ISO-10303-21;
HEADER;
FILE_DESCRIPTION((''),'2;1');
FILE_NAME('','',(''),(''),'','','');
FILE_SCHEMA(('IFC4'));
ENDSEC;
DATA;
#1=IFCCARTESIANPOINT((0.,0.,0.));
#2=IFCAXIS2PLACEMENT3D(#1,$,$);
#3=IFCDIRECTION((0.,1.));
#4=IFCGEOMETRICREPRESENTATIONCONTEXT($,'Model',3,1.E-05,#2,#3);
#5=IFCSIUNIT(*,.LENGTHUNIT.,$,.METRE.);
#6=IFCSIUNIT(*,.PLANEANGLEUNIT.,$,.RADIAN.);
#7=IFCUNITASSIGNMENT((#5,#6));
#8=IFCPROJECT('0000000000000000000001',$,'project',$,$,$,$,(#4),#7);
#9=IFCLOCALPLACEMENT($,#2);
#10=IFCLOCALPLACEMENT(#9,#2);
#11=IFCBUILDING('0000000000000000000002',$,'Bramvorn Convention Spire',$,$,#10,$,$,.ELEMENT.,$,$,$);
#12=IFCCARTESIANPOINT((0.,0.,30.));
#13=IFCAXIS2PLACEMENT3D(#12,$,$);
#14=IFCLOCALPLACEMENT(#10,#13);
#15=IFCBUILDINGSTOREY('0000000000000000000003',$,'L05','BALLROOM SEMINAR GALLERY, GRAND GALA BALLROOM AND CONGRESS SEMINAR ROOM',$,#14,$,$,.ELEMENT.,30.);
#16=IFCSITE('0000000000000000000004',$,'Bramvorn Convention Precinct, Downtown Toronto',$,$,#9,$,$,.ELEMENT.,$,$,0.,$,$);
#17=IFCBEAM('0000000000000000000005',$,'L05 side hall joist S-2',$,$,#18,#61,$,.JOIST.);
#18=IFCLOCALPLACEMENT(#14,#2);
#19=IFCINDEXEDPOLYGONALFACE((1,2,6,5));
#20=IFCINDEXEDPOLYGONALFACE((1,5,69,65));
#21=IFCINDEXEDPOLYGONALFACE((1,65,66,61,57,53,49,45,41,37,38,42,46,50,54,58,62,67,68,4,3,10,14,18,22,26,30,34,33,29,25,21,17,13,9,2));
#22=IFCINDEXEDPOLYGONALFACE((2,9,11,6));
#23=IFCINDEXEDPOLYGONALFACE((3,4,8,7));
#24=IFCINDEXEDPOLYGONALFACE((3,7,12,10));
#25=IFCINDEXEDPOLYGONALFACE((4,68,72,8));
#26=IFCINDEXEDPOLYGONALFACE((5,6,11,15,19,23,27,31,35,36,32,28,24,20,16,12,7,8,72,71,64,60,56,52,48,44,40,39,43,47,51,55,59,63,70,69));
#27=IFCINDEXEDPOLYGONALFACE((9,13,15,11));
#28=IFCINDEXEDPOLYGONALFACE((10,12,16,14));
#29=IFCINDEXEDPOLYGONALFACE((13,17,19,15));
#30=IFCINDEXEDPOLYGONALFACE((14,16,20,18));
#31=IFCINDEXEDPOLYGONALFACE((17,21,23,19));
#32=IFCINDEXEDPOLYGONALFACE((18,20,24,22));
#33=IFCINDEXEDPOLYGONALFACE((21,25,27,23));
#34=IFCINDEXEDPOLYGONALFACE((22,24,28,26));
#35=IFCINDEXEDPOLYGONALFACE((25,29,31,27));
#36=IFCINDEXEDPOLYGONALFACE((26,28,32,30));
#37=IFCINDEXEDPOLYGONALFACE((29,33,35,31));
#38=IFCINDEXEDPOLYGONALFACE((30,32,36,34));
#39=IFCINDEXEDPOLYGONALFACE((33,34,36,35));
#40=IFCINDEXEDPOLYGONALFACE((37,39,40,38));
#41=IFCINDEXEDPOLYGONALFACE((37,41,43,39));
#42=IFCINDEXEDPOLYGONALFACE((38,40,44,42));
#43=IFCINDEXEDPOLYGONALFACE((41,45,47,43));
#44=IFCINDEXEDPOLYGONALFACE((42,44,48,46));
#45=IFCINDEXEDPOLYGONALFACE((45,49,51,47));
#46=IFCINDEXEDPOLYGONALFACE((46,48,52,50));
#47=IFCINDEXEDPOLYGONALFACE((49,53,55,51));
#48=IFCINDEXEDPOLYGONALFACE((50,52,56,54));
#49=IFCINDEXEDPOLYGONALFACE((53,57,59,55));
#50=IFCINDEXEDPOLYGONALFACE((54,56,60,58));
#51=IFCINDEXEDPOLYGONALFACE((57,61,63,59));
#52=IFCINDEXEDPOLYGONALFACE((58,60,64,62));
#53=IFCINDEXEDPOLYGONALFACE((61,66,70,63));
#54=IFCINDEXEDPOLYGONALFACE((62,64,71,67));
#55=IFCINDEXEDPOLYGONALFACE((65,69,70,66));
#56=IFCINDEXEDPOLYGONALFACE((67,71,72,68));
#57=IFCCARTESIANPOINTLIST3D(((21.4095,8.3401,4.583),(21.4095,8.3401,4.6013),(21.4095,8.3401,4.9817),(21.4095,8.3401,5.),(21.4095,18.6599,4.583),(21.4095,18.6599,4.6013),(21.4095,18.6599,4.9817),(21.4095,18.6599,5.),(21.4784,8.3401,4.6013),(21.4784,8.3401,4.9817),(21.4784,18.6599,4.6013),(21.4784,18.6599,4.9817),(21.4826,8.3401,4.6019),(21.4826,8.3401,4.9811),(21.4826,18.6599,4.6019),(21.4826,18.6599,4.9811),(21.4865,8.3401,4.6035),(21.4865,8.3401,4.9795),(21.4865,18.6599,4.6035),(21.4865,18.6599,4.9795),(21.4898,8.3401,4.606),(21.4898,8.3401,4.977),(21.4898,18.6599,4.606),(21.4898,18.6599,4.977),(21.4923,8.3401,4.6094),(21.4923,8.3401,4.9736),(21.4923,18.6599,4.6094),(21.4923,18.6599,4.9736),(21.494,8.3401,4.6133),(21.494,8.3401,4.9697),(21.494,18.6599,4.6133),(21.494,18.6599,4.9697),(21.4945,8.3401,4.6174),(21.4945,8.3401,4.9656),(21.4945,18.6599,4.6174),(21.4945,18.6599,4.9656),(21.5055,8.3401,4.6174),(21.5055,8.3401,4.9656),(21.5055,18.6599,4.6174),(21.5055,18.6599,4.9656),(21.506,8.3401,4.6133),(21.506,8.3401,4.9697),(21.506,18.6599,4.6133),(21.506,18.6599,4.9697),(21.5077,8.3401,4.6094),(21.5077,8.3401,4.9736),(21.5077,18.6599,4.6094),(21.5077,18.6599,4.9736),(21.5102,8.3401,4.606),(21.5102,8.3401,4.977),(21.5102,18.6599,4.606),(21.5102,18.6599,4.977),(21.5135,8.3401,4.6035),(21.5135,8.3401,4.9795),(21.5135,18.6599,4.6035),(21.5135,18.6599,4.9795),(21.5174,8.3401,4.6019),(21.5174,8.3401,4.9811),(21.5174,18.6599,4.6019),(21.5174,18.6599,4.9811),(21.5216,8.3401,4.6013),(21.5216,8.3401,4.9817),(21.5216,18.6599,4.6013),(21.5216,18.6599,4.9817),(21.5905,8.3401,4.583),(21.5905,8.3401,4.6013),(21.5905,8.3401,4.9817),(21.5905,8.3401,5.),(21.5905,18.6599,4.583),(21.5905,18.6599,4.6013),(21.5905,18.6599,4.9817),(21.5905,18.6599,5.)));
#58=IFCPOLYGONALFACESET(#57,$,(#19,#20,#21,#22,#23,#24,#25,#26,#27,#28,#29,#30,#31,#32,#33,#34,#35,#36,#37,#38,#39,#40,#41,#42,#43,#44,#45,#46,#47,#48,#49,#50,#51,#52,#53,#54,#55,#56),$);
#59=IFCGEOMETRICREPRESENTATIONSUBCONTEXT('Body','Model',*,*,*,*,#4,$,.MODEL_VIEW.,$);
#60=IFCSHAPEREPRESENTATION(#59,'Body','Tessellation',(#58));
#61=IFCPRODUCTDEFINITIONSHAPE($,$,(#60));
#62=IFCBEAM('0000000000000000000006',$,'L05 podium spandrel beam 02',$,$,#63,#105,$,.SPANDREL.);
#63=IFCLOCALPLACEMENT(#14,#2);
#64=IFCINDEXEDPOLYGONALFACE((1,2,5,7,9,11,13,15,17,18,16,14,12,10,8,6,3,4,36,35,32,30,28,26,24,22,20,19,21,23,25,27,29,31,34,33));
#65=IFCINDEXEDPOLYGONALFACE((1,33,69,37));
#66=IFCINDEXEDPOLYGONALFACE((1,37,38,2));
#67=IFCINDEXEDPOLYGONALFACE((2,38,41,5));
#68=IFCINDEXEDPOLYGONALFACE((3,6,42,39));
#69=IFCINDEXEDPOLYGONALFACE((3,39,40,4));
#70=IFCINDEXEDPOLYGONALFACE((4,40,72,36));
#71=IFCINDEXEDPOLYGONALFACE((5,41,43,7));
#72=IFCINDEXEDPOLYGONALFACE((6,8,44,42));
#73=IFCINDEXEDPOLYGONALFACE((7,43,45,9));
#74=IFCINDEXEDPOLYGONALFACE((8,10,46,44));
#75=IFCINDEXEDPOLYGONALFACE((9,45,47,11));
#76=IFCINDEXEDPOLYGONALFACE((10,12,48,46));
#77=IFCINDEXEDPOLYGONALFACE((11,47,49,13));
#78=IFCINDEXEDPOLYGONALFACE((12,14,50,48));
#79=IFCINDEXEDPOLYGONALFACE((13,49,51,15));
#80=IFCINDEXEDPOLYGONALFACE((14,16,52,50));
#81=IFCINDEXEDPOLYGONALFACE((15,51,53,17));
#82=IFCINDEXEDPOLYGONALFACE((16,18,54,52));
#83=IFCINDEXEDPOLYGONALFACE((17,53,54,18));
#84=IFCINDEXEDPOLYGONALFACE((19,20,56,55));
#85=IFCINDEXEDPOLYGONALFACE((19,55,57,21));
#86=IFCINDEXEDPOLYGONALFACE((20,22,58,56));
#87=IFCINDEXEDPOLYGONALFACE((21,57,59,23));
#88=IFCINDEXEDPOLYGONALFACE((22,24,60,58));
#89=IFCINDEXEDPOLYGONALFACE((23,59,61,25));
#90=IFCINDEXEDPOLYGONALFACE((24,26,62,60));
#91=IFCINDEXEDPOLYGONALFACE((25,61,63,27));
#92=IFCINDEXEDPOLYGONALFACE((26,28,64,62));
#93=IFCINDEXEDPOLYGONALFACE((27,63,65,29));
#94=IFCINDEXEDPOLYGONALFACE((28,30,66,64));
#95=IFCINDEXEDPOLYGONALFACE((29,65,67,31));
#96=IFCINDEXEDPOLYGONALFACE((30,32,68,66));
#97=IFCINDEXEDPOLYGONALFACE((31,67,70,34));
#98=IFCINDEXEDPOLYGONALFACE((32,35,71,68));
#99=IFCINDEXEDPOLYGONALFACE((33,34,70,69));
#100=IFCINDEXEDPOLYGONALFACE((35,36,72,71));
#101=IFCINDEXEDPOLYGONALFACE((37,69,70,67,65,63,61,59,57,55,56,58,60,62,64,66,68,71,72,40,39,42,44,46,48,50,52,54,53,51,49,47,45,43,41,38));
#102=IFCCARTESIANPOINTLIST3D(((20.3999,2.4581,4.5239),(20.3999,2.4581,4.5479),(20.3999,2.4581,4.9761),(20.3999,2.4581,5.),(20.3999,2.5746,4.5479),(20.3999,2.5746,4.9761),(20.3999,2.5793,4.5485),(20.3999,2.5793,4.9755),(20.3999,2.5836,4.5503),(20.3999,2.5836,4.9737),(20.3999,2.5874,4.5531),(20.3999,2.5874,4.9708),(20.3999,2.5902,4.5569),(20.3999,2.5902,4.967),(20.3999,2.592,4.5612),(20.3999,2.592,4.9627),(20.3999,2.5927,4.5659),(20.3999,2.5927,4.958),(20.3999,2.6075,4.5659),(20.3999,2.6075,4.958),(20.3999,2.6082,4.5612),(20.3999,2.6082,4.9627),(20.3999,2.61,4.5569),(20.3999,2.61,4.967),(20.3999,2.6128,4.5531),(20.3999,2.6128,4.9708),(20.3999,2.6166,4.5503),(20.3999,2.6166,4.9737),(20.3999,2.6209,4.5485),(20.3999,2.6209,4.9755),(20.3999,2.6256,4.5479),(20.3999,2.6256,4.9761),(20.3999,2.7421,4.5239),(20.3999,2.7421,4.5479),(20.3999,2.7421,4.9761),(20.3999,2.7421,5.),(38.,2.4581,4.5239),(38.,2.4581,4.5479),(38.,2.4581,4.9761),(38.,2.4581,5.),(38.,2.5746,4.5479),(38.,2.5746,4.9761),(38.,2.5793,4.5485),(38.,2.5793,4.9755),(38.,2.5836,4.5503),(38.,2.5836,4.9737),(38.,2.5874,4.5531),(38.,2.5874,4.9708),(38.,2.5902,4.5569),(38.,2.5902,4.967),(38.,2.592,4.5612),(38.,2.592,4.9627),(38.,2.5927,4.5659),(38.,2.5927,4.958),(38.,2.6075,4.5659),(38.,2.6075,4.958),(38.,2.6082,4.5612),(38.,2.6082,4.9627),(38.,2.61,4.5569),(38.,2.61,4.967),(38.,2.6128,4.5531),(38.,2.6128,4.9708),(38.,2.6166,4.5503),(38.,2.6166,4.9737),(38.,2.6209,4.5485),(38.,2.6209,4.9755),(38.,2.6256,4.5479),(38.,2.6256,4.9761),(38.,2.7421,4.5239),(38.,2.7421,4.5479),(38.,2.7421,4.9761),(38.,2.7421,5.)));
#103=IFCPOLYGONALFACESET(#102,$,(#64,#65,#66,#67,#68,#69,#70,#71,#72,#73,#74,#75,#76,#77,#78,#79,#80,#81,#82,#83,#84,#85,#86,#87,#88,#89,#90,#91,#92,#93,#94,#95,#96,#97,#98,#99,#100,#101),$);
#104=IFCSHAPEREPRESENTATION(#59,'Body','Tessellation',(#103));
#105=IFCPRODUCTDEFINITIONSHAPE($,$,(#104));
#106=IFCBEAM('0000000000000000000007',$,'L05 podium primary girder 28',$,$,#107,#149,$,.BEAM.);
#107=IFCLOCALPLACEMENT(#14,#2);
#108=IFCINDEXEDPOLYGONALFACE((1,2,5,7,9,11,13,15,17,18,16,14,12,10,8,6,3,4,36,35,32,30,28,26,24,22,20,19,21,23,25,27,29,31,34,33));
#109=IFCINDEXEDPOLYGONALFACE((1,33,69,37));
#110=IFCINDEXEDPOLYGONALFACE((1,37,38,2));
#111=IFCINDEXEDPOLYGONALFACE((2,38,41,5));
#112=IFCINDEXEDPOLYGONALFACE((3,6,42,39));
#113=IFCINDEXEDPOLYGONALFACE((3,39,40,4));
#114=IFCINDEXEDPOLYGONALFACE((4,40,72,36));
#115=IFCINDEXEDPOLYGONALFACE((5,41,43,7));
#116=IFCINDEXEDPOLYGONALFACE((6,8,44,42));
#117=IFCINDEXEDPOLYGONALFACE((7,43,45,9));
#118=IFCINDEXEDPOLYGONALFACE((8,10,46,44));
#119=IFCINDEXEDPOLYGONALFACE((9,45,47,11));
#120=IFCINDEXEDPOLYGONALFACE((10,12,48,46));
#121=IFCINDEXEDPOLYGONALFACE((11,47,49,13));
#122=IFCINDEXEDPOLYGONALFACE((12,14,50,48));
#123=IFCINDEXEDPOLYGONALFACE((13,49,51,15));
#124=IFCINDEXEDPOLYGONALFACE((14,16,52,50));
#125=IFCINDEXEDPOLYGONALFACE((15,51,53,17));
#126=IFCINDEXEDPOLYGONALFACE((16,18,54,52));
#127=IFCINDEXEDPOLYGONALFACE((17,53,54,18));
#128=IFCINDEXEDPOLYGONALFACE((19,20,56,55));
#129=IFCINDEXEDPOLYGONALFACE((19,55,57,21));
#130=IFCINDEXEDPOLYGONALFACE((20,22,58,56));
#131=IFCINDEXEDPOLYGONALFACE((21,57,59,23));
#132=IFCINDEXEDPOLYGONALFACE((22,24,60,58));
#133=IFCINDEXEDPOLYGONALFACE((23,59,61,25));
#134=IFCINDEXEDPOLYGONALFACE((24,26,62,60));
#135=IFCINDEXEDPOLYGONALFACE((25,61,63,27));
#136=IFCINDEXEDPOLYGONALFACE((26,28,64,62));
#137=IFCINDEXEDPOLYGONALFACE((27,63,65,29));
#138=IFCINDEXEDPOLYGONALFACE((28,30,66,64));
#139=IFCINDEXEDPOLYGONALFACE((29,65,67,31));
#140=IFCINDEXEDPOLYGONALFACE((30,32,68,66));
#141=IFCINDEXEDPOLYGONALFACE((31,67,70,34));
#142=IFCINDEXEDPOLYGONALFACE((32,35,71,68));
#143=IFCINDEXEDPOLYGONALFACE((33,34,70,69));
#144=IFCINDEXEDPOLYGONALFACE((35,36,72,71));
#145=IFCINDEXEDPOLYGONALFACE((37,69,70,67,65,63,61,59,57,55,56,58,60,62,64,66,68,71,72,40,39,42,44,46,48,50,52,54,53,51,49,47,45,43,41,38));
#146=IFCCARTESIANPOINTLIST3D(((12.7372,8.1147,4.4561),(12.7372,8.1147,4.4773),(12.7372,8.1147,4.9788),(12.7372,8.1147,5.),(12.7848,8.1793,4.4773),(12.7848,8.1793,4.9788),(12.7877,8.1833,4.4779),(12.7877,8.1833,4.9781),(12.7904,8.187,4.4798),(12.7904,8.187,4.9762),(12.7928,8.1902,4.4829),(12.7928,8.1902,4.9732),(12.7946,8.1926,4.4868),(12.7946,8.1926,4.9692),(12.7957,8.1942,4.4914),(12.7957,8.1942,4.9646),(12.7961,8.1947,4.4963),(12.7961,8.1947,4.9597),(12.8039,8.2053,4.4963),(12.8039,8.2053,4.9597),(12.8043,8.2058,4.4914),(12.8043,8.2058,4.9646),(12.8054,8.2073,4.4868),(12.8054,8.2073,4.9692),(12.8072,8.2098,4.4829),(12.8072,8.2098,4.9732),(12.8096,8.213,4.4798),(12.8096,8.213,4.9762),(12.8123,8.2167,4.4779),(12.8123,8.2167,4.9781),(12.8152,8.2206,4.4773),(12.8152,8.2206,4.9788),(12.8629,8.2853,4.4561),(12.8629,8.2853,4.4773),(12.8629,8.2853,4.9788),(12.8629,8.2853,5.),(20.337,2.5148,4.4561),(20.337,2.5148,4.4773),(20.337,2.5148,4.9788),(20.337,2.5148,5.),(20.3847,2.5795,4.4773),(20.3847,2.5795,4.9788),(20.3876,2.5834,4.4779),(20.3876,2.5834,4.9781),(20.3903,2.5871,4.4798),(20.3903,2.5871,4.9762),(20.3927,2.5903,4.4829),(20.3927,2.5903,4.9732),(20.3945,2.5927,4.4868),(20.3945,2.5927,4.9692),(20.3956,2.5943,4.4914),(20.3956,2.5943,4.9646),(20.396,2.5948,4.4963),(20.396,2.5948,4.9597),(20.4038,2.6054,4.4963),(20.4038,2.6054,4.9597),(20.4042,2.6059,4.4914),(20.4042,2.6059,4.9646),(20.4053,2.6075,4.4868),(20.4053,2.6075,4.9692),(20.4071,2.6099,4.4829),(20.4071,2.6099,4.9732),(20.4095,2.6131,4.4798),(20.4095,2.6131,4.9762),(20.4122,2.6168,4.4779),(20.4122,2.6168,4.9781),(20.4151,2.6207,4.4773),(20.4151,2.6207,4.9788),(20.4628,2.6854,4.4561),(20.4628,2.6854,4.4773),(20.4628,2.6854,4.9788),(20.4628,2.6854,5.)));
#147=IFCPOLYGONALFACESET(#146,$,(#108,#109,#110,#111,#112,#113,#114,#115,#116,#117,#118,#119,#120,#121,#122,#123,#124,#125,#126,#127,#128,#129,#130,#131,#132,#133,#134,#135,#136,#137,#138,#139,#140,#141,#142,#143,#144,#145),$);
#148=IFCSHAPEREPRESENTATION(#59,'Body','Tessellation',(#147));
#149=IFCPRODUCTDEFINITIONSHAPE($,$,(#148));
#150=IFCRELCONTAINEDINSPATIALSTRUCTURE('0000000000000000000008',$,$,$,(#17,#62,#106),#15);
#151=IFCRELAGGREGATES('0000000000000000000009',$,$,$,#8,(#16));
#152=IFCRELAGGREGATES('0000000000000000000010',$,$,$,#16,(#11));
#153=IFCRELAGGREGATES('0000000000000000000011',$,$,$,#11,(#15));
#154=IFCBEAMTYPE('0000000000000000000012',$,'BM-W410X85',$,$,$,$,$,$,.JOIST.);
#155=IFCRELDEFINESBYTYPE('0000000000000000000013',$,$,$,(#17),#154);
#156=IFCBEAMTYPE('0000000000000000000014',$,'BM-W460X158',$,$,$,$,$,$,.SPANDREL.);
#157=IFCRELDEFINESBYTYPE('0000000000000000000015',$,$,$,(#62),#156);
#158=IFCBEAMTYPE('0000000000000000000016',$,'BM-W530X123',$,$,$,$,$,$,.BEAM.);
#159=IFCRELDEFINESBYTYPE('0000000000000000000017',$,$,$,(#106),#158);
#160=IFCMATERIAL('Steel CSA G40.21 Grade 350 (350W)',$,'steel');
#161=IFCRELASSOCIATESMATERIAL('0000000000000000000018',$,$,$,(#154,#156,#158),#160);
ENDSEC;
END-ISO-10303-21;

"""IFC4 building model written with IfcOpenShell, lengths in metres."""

from ifc_helpers import new_model, si_unit, direction, frame, origin, origin_2d, place, context, subcontext, project, spatial, i_section, extrude, material, material_profile, profile_set, type_object, element, save


model = new_model("IFC4")

# Units and contexts
model_context = context("Model", 3, precision=1e-05, world=origin(), true_north=direction((0.0, 1.0)))
body_context = subcontext(model_context, "Body", "Model", "MODEL_VIEW")
ifc_project = project(units=[si_unit("LENGTHUNIT", "METRE"), si_unit("PLANEANGLEUNIT", "RADIAN")], contexts=[model_context])

# Site, building, storey
site_placement = place(None, origin())
site = spatial("IfcSite", under=ifc_project, at=site_placement, Name="Bramvorn Convention Precinct, Downtown Toronto", CompositionType="ELEMENT", RefElevation=0.0)
building_placement = place(site_placement, origin())
building = spatial("IfcBuilding", under=site, at=building_placement, Name="Bramvorn Convention Spire", CompositionType="ELEMENT")
storey_placement = place(building_placement, frame((0.0, 0.0, 30.0)))
storey = spatial("IfcBuildingStorey", under=building, at=storey_placement, Name="L05", Description="BALLROOM SEMINAR GALLERY, GRAND GALA BALLROOM AND CONGRESS SEMINAR ROOM", CompositionType="ELEMENT", Elevation=30.0)

# Shared definitions
ifc_material_1 = material(Name="Steel CSA G40.21 Grade 350 (350W)", Category="steel")

# Beams
ifc_material_profile_1 = material_profile(ifc_material_1, i_section(OverallWidth=0.1809, OverallDepth=0.417, WebThickness=0.011, FlangeThickness=0.0183, FilletRadius=0.0161, at=origin_2d()))
ifc_profile_set_1 = profile_set([ifc_material_profile_1], Name="Steel CSA G40.21 Grade 350 (350W) - W410X85")
beam_type_1 = type_object("IfcBeamType", Name="BM-W410X85", PredefinedType="JOIST", material=ifc_profile_set_1)
for number, where, z_axis, x_axis, name in (
    (1, (21.5, 8.3401, 4.7915), (0.0, 1.0, 0.0), (-1.0, 0.0, 0.0), "L05 side hall joist S-2"),
):
    element("IfcBeam", number, at=place(storey_placement, frame(where, z_axis=z_axis, x_axis=x_axis)), inside=storey, type_object=beam_type_1, Name=name, PredefinedType="JOIST", context=body_context, shape_type="SweptSolid", body=[
        extrude(i_section(OverallWidth=0.1809, OverallDepth=0.417, WebThickness=0.011, FlangeThickness=0.0183, FilletRadius=0.0161, at=origin_2d()), origin(), (0.0, 0.0, 1.0), 10.3198),
    ])
ifc_material_profile_2 = material_profile(ifc_material_1, i_section(OverallWidth=0.2839, OverallDepth=0.4761, WebThickness=0.0149, FlangeThickness=0.0239, FilletRadius=0.0181, at=origin_2d()))
ifc_profile_set_2 = profile_set([ifc_material_profile_2], Name="Steel CSA G40.21 Grade 350 (350W) - W460X158")
beam_type_2 = type_object("IfcBeamType", Name="BM-W460X158", PredefinedType="SPANDREL", material=ifc_profile_set_2)
beam_1_placement = place(storey_placement, frame((20.3999, 2.6001, 4.762), z_axis=(1.0, 0.0, 0.0), x_axis=(0.0, 1.0, 0.0)))
element("IfcBeam", 2, at=beam_1_placement, inside=storey, type_object=beam_type_2, Name="L05 podium spandrel beam 02", PredefinedType="SPANDREL", context=body_context, shape_type="SweptSolid", body=[
    extrude(i_section(OverallWidth=0.2839, OverallDepth=0.4761, WebThickness=0.0149, FlangeThickness=0.0239, FilletRadius=0.0181, at=origin_2d()), origin(), (0.0, 0.0, 1.0), 17.6001),
])
ifc_material_profile_3 = material_profile(ifc_material_1, i_section(OverallWidth=0.2119, OverallDepth=0.5439, WebThickness=0.0132, FlangeThickness=0.0212, FilletRadius=0.019, at=origin_2d()))
ifc_profile_set_3 = profile_set([ifc_material_profile_3], Name="Steel CSA G40.21 Grade 350 (350W) - W530X123")
beam_type_3 = type_object("IfcBeamType", Name="BM-W530X123", PredefinedType="BEAM", material=ifc_profile_set_3)
beam_2_placement = place(storey_placement, frame((20.3999, 2.6001, 4.728), z_axis=(-0.805058, 0.593196, 0.0), x_axis=(-0.593196, -0.805058, 0.0)))
element("IfcBeam", 3, at=beam_2_placement, inside=storey, type_object=beam_type_3, Name="L05 podium primary girder 28", PredefinedType="BEAM", context=body_context, shape_type="SweptSolid", body=[
    extrude(i_section(OverallWidth=0.2119, OverallDepth=0.5439, WebThickness=0.0132, FlangeThickness=0.0212, FilletRadius=0.019, at=origin_2d()), origin(), (0.0, 0.0, 1.0), 9.4402),
])

save(model, "model.ifc")
